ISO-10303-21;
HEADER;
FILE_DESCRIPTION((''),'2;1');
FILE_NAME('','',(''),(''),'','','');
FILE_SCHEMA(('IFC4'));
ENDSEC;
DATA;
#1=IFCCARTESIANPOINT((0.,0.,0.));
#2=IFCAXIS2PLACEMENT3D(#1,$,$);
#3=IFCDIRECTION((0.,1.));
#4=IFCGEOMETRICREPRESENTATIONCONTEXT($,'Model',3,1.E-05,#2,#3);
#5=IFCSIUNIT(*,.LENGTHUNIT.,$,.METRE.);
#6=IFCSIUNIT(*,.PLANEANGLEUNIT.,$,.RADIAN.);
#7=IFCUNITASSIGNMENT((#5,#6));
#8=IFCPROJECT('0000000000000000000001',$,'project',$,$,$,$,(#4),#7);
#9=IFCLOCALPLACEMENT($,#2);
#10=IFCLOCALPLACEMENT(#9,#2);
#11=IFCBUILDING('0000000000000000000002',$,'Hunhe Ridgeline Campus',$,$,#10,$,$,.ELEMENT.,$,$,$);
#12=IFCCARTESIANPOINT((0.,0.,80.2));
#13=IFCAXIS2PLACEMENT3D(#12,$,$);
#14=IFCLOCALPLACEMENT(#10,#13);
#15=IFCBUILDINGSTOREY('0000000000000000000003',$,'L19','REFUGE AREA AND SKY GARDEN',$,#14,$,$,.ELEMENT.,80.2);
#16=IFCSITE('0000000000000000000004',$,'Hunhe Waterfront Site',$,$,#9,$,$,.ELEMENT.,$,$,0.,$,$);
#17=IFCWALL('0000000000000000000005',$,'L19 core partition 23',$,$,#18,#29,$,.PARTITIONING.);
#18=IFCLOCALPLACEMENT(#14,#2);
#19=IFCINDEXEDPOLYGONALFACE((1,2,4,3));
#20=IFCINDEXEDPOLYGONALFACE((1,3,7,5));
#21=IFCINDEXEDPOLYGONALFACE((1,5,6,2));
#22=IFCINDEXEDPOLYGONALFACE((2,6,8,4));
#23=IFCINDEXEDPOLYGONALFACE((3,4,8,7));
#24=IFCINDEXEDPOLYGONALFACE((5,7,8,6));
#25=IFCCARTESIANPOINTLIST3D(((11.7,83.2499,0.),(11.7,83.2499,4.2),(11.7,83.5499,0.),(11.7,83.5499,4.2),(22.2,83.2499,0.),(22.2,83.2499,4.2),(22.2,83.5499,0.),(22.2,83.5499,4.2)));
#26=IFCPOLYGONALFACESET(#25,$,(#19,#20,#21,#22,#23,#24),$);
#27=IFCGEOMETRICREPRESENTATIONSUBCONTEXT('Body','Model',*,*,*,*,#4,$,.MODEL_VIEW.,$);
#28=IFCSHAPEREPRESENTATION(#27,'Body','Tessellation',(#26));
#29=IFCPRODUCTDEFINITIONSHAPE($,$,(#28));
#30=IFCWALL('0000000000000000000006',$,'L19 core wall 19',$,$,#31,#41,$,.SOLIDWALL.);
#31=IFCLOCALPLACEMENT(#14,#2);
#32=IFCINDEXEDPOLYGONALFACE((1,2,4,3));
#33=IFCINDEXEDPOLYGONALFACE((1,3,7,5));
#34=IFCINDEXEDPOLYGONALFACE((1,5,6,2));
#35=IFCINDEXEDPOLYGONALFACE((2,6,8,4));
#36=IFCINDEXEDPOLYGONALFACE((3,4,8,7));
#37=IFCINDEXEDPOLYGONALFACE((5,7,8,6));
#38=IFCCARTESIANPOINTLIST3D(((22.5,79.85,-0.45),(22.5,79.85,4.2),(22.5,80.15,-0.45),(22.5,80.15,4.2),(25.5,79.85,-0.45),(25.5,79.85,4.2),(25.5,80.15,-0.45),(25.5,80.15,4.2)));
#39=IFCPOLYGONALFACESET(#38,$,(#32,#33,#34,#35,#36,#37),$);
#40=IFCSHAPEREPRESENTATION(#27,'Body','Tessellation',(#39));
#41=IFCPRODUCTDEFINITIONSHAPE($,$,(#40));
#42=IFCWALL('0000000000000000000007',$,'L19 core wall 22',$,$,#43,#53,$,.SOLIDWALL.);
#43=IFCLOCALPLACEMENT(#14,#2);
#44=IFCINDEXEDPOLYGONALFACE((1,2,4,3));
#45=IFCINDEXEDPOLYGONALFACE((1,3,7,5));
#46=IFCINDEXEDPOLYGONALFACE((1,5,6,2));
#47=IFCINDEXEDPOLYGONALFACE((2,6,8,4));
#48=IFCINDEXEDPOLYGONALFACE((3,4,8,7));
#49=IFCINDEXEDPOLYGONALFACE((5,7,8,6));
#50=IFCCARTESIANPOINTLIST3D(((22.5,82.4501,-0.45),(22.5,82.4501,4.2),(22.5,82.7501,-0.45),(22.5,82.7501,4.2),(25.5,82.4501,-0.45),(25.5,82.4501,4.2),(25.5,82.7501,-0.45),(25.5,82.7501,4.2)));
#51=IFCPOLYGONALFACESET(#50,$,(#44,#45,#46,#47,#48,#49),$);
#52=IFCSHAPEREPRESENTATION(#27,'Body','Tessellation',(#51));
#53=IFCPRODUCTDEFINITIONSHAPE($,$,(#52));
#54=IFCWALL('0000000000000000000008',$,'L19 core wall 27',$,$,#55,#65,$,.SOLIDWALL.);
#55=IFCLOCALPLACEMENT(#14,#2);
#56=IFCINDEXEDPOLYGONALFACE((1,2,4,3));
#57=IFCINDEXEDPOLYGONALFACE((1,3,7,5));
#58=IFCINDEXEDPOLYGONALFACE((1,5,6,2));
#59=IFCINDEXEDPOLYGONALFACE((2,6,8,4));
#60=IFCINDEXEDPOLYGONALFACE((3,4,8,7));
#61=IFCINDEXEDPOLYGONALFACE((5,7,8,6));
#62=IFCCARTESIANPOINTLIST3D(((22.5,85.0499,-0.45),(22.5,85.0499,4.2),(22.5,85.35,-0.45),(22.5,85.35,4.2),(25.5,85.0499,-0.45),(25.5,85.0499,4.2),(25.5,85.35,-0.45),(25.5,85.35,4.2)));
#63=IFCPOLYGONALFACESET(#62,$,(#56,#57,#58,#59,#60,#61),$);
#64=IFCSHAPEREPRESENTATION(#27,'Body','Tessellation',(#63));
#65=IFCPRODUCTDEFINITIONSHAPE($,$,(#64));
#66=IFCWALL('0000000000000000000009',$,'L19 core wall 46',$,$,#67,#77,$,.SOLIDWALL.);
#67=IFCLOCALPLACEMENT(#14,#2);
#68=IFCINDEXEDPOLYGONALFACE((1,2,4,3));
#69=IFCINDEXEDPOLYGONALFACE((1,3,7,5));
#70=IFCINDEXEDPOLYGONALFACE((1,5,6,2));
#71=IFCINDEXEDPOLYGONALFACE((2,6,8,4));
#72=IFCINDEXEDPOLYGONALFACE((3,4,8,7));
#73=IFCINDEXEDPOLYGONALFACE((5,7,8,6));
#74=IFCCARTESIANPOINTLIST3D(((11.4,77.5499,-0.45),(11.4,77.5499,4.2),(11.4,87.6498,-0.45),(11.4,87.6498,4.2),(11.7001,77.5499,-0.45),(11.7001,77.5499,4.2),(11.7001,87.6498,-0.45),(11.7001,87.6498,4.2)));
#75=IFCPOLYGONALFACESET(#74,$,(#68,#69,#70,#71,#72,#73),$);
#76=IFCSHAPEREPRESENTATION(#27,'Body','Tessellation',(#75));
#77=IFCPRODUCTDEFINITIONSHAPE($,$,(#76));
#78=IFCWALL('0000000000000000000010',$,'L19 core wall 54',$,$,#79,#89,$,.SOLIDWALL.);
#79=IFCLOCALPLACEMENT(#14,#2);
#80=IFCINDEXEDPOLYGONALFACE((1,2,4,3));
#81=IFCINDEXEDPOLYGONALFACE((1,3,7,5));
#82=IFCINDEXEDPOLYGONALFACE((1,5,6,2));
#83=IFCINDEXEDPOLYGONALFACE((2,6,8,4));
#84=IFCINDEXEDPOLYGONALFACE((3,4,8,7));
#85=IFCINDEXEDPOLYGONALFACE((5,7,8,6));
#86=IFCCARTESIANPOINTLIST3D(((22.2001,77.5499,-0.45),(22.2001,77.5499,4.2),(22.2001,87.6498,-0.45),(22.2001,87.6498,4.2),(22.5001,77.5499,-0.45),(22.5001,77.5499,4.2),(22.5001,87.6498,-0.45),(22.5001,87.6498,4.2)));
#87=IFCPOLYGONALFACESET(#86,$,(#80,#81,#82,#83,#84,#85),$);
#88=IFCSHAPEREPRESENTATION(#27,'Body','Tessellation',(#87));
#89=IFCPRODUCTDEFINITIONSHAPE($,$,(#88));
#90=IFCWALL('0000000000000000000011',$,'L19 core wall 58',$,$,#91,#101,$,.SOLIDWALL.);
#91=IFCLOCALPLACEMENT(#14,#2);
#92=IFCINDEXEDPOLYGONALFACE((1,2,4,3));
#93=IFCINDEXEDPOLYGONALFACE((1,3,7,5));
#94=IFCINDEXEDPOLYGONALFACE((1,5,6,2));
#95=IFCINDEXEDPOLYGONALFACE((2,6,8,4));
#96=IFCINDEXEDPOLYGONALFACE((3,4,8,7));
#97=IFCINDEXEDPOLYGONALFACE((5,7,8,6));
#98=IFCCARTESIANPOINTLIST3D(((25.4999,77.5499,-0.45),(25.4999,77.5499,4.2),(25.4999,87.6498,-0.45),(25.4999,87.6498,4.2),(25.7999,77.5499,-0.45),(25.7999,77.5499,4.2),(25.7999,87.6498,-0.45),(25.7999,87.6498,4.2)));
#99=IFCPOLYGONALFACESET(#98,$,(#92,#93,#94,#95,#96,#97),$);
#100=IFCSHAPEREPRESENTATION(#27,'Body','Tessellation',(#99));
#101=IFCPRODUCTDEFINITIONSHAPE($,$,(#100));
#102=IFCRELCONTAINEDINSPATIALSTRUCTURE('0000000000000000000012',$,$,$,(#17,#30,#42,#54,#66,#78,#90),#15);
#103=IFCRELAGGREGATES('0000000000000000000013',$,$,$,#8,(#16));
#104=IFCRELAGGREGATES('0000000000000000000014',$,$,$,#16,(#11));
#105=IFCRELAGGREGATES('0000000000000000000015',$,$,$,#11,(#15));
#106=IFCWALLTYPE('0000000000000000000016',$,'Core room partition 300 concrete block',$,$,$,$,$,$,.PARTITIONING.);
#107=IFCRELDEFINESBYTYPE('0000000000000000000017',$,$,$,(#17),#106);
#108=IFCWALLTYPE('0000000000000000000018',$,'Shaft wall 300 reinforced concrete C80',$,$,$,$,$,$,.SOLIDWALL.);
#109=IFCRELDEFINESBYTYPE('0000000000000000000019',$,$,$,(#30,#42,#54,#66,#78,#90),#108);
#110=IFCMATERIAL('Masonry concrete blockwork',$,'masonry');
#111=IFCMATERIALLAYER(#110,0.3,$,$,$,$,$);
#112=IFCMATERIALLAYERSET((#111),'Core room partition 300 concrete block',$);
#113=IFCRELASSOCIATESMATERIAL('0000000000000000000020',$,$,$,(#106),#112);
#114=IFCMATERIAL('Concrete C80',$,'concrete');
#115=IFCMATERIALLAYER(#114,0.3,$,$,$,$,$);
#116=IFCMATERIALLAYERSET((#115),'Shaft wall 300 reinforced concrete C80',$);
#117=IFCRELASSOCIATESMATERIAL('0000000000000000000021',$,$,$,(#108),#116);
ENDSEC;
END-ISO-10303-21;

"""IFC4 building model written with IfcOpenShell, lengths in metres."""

from ifc_helpers import new_model, si_unit, direction, frame, frame_2d, origin, place, context, subcontext, project, spatial, rectangle, extrude, material, layer, layer_set, type_object, element, save


model = new_model("IFC4")

# Units and contexts
model_context = context("Model", 3, precision=1e-05, world=origin(), true_north=direction((0.0, 1.0)))
body_context = subcontext(model_context, "Body", "Model", "MODEL_VIEW")
ifc_project = project(units=[si_unit("LENGTHUNIT", "METRE"), si_unit("PLANEANGLEUNIT", "RADIAN")], contexts=[model_context])

# Site, building, storey
site_placement = place(None, origin())
site = spatial("IfcSite", under=ifc_project, at=site_placement, Name="Hunhe Waterfront Site", CompositionType="ELEMENT", RefElevation=0.0)
building_placement = place(site_placement, origin())
building = spatial("IfcBuilding", under=site, at=building_placement, Name="Hunhe Ridgeline Campus", CompositionType="ELEMENT")
storey_placement = place(building_placement, frame((0.0, 0.0, 80.2)))
storey = spatial("IfcBuildingStorey", under=building, at=storey_placement, Name="L19", Description="REFUGE AREA AND SKY GARDEN", CompositionType="ELEMENT", Elevation=80.2)

# Shared definitions
ifc_material_1 = material(Name="Masonry concrete blockwork", Category="masonry")
ifc_layer_1 = layer(ifc_material_1, 0.3)
ifc_layer_set_1 = layer_set([ifc_layer_1], Name="Core room partition 300 concrete block")
wall_type_1 = type_object("IfcWallType", Name="Core room partition 300 concrete block", PredefinedType="PARTITIONING", material=ifc_layer_set_1)

# Wall
wall_1_placement = place(storey_placement, frame((11.7, 83.3999, 0.0), z_axis=(0.0, 0.0, 1.0), x_axis=(1.0, 0.0, 0.0)))
element("IfcWall", 1, at=wall_1_placement, inside=storey, type_object=wall_type_1, Name="L19 core partition 23", PredefinedType="PARTITIONING", context=body_context, shape_type="SweptSolid", body=[
    extrude(rectangle(XDim=10.5, YDim=0.3, at=frame_2d((5.25, 0.0))), origin(), (0.0, 0.0, 1.0), 4.2),
])

# Shared definitions
ifc_material_2 = material(Name="Concrete C80", Category="concrete")

# Walls
ifc_layer_2 = layer(ifc_material_2, 0.3)
ifc_layer_set_2 = layer_set([ifc_layer_2], Name="Shaft wall 300 reinforced concrete C80")
wall_type_2 = type_object("IfcWallType", Name="Shaft wall 300 reinforced concrete C80", PredefinedType="SOLIDWALL", material=ifc_layer_set_2)
for number, where, z_axis, x_axis, name in (
    (2, (22.5, 80.0, -0.45), (0.0, 0.0, 1.0), (1.0, 0.0, 0.0), "L19 core wall 19"),
    (3, (22.5, 82.6001, -0.45), (0.0, 0.0, 1.0), (1.0, 0.0, 0.0), "L19 core wall 22"),
    (4, (22.5, 85.2, -0.45), (0.0, 0.0, 1.0), (1.0, 0.0, 0.0), "L19 core wall 27"),
):
    element("IfcWall", number, at=place(storey_placement, frame(where, z_axis=z_axis, x_axis=x_axis)), inside=storey, type_object=wall_type_2, Name=name, PredefinedType="SOLIDWALL", context=body_context, shape_type="SweptSolid", body=[
        extrude(rectangle(XDim=3.0, YDim=0.3, at=frame_2d((1.5, 0.0))), origin(), (0.0, 0.0, 1.0), 4.6499),
    ])
for number, where, z_axis, x_axis, name in (
    (5, (11.55, 77.55, -0.45), (0.0, 0.0, 1.0), (0.0, 1.0, 0.0), "L19 core wall 46"),
    (6, (22.3501, 77.55, -0.45), (0.0, 0.0, 1.0), (0.0, 1.0, 0.0), "L19 core wall 54"),
    (7, (25.6499, 77.55, -0.45), (0.0, 0.0, 1.0), (0.0, 1.0, 0.0), "L19 core wall 58"),
):
    element("IfcWall", number, at=place(storey_placement, frame(where, z_axis=z_axis, x_axis=x_axis)), inside=storey, type_object=wall_type_2, Name=name, PredefinedType="SOLIDWALL", context=body_context, shape_type="SweptSolid", body=[
        extrude(rectangle(XDim=10.0999, YDim=0.3, at=frame_2d((5.0498, 0.0))), origin(), (0.0, 0.0, 1.0), 4.6499),
    ])

save(model, "model.ifc")
